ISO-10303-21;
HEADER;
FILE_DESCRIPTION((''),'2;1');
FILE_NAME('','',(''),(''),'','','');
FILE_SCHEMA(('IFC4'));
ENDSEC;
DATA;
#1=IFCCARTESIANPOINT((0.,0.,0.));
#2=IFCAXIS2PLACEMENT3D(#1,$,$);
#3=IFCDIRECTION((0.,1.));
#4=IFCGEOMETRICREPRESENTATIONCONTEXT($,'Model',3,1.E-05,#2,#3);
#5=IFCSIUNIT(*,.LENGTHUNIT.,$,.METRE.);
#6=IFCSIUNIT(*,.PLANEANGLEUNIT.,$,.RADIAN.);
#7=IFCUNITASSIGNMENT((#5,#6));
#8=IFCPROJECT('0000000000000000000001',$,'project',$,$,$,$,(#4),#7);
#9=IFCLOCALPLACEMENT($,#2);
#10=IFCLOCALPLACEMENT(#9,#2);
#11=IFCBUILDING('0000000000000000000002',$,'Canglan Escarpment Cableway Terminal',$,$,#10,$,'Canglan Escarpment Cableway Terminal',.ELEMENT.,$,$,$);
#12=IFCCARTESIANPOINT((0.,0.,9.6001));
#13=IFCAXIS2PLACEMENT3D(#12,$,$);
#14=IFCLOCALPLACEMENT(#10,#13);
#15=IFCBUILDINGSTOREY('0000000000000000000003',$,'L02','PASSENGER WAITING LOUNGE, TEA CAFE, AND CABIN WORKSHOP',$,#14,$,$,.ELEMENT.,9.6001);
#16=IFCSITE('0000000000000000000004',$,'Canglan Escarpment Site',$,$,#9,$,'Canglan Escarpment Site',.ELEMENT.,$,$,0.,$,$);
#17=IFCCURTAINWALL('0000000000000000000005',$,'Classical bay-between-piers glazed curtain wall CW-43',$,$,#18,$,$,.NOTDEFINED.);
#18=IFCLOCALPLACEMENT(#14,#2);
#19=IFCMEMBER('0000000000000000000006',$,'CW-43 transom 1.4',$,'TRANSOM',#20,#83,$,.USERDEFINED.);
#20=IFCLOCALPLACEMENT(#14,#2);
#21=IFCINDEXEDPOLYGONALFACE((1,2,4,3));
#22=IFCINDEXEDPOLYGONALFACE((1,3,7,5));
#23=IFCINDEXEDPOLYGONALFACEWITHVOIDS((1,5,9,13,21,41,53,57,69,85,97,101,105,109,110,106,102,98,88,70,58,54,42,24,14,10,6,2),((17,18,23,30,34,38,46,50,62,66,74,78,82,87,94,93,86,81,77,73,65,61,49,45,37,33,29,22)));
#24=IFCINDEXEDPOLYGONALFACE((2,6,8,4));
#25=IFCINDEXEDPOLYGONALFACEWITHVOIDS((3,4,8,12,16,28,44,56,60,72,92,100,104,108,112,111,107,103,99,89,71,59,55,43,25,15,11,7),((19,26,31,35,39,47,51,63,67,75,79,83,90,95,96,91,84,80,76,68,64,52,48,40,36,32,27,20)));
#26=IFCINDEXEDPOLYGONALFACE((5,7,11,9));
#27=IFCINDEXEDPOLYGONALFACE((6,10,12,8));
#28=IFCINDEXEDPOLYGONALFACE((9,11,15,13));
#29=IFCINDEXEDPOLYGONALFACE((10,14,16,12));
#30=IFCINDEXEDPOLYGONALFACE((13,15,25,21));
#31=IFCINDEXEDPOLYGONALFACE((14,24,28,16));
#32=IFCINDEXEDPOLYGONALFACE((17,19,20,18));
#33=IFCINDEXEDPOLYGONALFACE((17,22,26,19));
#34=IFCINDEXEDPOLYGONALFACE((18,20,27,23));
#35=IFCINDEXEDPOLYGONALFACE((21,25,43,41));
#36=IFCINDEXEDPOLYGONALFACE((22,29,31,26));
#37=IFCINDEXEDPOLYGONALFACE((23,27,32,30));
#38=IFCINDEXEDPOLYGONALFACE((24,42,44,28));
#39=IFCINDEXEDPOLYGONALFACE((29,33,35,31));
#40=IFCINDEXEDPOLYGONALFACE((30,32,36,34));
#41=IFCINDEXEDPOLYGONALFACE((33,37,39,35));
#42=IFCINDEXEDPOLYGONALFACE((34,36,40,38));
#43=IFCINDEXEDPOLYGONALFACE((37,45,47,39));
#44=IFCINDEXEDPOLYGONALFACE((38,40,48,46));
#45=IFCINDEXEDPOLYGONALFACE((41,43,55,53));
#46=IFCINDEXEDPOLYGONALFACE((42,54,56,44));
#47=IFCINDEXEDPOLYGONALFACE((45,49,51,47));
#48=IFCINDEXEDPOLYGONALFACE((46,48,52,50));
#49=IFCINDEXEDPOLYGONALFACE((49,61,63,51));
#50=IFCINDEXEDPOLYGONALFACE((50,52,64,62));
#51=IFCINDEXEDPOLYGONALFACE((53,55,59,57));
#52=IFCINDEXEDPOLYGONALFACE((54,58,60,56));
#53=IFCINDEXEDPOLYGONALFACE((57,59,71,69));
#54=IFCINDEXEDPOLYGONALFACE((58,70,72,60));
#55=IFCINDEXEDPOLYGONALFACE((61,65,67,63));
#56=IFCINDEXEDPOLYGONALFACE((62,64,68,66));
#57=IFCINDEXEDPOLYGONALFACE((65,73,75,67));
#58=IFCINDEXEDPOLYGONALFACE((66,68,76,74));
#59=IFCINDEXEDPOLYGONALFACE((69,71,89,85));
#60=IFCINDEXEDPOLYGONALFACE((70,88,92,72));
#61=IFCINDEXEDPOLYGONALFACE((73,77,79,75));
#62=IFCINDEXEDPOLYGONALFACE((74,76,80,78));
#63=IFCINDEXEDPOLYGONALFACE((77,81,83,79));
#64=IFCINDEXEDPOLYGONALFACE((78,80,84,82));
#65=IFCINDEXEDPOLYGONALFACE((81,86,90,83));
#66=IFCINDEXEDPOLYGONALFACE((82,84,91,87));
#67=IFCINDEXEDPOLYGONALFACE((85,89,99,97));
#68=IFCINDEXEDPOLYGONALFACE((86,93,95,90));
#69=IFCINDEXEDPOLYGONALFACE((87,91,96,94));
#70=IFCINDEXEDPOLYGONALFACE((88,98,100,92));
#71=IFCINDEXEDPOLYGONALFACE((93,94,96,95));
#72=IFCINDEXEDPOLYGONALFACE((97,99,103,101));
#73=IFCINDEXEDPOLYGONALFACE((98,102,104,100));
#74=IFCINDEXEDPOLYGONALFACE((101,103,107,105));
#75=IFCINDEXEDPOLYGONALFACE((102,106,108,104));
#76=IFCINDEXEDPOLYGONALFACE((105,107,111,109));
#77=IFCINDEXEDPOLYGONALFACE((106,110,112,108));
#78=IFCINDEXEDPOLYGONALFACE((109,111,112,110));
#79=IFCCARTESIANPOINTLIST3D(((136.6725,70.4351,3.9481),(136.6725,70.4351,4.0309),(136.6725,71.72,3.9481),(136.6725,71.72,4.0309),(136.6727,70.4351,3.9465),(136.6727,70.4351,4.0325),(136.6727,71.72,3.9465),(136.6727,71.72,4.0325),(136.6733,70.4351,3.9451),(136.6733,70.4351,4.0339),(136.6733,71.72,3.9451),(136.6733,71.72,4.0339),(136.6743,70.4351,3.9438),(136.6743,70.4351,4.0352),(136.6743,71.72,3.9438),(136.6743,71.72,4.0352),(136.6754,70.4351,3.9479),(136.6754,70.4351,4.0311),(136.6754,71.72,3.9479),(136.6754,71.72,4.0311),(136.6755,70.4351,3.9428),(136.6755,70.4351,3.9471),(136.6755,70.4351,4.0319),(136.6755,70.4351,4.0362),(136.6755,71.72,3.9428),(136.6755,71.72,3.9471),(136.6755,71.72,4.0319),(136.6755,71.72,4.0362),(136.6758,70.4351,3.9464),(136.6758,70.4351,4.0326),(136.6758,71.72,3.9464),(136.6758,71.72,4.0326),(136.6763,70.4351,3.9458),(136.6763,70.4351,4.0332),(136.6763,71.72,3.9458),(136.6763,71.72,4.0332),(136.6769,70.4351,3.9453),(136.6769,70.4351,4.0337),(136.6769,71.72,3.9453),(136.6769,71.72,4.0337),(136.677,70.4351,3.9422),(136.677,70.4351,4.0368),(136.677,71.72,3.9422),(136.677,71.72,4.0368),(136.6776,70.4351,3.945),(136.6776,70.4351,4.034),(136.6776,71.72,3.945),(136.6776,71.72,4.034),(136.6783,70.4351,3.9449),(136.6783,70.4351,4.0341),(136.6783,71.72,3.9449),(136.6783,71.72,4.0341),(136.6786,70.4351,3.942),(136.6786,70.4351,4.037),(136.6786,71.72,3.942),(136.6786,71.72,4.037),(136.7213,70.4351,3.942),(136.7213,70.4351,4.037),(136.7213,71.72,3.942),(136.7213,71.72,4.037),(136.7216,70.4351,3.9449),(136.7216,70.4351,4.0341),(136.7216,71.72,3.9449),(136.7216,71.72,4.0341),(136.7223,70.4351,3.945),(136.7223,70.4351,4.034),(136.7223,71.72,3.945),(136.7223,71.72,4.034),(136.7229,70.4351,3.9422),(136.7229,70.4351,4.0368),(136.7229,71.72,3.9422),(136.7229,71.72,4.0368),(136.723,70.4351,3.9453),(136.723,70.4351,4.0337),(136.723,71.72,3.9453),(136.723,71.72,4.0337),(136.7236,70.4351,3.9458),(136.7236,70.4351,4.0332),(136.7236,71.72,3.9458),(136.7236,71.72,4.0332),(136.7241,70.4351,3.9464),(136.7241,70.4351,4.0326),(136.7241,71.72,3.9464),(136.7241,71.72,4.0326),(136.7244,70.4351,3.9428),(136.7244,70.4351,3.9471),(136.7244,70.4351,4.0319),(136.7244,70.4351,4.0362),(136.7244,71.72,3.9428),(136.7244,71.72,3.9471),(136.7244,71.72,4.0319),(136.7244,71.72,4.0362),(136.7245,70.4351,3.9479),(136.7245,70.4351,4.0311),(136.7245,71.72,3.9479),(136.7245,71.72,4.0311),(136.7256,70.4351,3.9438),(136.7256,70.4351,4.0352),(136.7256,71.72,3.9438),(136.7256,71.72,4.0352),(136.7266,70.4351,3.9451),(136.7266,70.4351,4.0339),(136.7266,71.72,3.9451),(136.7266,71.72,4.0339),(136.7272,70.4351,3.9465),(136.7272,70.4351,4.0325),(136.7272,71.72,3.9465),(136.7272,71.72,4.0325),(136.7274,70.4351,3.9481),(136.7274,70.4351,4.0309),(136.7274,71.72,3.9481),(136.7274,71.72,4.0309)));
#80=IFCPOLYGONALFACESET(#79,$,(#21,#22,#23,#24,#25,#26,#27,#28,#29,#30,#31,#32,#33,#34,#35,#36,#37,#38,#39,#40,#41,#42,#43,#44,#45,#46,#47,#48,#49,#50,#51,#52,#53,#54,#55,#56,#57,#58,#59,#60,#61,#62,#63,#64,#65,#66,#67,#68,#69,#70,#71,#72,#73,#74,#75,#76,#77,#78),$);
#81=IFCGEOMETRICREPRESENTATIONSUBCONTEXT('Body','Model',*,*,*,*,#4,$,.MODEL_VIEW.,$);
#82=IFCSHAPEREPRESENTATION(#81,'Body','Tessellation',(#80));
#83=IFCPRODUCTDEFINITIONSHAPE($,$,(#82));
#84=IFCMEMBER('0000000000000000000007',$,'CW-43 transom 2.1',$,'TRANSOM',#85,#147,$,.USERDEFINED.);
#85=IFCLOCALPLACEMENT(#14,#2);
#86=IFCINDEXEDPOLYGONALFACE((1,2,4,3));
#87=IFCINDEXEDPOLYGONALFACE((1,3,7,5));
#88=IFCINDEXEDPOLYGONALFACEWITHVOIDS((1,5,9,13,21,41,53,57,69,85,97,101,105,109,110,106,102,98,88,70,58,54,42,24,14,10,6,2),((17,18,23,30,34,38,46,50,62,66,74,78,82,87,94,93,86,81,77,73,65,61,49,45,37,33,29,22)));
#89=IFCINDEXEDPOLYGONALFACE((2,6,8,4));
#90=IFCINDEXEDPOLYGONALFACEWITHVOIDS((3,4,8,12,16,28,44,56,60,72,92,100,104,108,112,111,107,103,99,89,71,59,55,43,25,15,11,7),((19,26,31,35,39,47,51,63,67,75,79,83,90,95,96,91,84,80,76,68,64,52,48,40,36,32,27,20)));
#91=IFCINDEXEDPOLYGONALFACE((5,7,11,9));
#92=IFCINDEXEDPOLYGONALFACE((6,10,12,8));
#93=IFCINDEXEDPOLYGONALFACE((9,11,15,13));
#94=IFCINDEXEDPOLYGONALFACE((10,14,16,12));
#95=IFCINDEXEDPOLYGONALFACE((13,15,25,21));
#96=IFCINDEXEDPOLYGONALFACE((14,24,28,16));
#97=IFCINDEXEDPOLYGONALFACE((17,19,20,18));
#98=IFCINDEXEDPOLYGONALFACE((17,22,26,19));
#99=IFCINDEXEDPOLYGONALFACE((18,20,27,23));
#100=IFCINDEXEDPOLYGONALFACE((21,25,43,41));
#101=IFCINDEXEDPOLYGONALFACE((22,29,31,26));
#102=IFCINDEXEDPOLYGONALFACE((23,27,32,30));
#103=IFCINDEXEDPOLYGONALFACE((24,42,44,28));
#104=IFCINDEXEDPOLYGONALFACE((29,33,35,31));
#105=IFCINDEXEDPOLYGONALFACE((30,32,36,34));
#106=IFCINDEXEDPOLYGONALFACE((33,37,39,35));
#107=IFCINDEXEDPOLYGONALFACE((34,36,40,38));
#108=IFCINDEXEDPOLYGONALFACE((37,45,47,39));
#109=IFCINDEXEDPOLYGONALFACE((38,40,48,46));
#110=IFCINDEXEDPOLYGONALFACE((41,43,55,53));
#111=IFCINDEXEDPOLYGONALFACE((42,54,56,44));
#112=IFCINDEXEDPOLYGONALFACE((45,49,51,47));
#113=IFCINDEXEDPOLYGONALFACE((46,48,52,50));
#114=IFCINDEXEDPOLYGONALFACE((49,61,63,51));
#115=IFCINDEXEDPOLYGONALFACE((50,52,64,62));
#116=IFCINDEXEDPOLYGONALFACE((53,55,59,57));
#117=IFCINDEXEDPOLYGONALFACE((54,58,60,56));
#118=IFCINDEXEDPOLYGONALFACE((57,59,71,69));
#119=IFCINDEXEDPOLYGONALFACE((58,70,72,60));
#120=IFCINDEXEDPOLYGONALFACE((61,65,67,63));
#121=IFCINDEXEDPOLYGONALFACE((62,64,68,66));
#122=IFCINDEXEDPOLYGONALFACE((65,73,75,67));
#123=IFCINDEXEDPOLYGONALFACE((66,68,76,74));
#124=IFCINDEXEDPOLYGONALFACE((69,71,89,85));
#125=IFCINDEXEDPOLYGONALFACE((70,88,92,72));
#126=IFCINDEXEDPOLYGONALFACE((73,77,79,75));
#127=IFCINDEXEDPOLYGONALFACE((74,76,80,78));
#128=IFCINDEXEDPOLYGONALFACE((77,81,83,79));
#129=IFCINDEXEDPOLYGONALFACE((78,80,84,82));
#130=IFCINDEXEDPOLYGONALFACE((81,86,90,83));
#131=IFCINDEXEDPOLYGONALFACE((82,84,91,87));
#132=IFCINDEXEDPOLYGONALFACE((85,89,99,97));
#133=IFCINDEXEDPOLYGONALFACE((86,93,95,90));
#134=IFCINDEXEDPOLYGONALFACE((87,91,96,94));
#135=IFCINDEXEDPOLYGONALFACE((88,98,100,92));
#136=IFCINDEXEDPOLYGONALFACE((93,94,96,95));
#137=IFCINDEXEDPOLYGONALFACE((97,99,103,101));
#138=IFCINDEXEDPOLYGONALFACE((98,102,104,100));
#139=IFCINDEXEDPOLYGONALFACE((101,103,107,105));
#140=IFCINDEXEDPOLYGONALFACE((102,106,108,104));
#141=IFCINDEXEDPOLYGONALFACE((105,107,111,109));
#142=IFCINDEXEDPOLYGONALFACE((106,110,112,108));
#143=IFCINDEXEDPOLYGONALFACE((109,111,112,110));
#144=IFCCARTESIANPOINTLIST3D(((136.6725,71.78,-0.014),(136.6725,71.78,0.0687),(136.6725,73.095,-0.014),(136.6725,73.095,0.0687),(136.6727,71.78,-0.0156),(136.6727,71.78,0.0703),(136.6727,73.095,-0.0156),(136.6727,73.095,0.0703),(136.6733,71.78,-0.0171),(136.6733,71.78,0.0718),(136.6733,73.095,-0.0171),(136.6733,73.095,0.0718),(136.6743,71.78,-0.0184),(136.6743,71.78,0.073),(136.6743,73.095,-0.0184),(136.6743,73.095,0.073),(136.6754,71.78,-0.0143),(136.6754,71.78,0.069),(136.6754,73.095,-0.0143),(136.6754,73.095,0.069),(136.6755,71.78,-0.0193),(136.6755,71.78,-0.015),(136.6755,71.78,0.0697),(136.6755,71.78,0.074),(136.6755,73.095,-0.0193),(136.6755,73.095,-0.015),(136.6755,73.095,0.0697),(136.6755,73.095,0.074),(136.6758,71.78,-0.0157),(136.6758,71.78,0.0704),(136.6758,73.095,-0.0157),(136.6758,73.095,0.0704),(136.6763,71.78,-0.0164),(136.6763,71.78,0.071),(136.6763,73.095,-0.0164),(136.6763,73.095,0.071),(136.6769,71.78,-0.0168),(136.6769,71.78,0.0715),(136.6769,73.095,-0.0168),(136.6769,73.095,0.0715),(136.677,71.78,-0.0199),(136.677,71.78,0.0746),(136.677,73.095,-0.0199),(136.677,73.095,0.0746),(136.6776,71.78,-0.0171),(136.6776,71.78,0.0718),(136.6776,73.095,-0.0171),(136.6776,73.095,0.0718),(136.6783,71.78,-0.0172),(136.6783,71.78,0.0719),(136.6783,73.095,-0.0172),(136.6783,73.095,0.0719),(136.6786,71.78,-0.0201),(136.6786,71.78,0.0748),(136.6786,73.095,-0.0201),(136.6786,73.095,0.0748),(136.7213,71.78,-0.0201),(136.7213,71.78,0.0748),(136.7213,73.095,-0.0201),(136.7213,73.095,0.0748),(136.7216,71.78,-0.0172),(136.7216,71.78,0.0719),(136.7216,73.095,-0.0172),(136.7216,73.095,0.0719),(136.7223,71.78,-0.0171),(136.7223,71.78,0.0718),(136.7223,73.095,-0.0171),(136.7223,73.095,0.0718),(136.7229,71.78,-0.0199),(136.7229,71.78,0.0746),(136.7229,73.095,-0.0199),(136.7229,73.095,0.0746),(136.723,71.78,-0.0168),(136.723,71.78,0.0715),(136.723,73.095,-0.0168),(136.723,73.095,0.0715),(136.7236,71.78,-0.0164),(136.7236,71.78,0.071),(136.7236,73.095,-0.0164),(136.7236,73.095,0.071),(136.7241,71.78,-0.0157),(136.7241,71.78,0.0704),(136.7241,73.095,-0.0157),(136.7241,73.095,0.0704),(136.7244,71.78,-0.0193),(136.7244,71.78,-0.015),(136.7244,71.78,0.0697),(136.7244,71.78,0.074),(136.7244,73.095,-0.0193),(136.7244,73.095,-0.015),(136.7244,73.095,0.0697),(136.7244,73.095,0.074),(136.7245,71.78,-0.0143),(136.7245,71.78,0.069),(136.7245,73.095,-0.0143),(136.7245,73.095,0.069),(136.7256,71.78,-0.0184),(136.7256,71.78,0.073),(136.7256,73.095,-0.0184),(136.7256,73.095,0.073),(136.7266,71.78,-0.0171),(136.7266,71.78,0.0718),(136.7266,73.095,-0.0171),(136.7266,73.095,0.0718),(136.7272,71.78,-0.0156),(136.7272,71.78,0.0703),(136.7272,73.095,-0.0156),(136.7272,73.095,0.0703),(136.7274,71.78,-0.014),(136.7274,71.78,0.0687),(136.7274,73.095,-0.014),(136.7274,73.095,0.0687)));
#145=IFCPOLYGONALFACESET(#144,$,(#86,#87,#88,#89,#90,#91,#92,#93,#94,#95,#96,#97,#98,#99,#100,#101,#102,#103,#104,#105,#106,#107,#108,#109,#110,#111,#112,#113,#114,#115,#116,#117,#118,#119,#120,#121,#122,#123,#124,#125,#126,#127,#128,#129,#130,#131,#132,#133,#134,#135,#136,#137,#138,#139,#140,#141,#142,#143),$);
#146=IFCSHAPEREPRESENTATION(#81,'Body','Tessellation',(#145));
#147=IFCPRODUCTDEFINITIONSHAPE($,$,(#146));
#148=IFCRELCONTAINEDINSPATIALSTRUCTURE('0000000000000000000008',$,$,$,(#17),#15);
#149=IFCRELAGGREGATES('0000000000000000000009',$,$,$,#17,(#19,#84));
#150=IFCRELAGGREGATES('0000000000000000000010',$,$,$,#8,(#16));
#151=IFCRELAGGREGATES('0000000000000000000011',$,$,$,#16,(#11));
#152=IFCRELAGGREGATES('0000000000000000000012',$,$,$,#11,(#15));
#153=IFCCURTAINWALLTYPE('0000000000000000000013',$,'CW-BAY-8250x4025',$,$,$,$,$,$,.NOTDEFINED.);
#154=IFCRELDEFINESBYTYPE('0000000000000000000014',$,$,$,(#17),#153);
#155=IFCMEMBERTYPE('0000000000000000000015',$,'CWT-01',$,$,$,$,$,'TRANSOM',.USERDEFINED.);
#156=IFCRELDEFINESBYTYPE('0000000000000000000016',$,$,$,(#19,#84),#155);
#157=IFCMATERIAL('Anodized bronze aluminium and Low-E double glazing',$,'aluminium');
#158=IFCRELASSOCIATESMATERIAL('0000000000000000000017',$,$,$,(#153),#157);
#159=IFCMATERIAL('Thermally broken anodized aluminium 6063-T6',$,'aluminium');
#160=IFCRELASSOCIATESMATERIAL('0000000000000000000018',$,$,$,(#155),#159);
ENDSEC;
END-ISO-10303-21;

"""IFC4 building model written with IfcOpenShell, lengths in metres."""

from ifc_helpers import new_model, si_unit, direction, frame, origin, origin_2d, place, context, subcontext, project, spatial, hollow_rectangle, extrude, material, material_profile, profile_set, type_object, element, aggregate, save


model = new_model("IFC4")

# Units and contexts
model_context = context("Model", 3, precision=1e-05, world=origin(), true_north=direction((0.0, 1.0)))
body_context = subcontext(model_context, "Body", "Model", "MODEL_VIEW")
ifc_project = project(units=[si_unit("LENGTHUNIT", "METRE"), si_unit("PLANEANGLEUNIT", "RADIAN")], contexts=[model_context])

# Site, building, storey
site_placement = place(None, origin())
site = spatial("IfcSite", under=ifc_project, at=site_placement, Name="Canglan Escarpment Site", LongName="Canglan Escarpment Site", CompositionType="ELEMENT", RefElevation=0.0)
building_placement = place(site_placement, origin())
building = spatial("IfcBuilding", under=site, at=building_placement, Name="Canglan Escarpment Cableway Terminal", LongName="Canglan Escarpment Cableway Terminal", CompositionType="ELEMENT")
storey_placement = place(building_placement, frame((0.0, 0.0, 9.6001)))
storey = spatial("IfcBuildingStorey", under=building, at=storey_placement, Name="L02", Description="PASSENGER WAITING LOUNGE, TEA CAFE, AND CABIN WORKSHOP", CompositionType="ELEMENT", Elevation=9.6001)

# Curtain wall
ifc_material_1 = material(Name="Anodized bronze aluminium and Low-E double glazing", Category="aluminium")
curtain_wall_type = type_object("IfcCurtainWallType", Name="CW-BAY-8250x4025", PredefinedType="NOTDEFINED", material=ifc_material_1)
curtain_wall_1_placement = place(storey_placement, origin())
curtain_wall_1 = element("IfcCurtainWall", 1, at=curtain_wall_1_placement, inside=storey, type_object=curtain_wall_type, Name="Classical bay-between-piers glazed curtain wall CW-43", PredefinedType="NOTDEFINED")
ifc_material_2 = material(Name="Thermally broken anodized aluminium 6063-T6", Category="aluminium")

# Members
ifc_material_profile_1 = material_profile(ifc_material_2, hollow_rectangle(XDim=0.0549, YDim=0.095, WallThickness=0.0029, InnerFilletRadius=0.0029, OuterFilletRadius=0.0061, at=origin_2d()), Name="ALU-TRAN 55x95x3")
ifc_profile_set_1 = profile_set([ifc_material_profile_1], Name="Thermally broken anodized aluminium 6063-T6")
member_type_1 = type_object("IfcMemberType", Name="CWT-01", ElementType="TRANSOM", PredefinedType="USERDEFINED", material=ifc_profile_set_1)
member_1_placement = place(storey_placement, frame((136.7, 70.4351, 3.9895), z_axis=(0.0, 1.0, 0.0), x_axis=(-1.0, 0.0, 0.0)))
member_1 = element("IfcMember", 2, at=member_1_placement, type_object=member_type_1, Name="CW-43 transom 1.4", ObjectType="TRANSOM", PredefinedType="USERDEFINED", context=body_context, shape_type="SweptSolid", body=[
    extrude(hollow_rectangle(XDim=0.0549, YDim=0.095, WallThickness=0.0029, InnerFilletRadius=0.0029, OuterFilletRadius=0.0061, at=origin_2d()), origin(), (0.0, 0.0, 1.0), 1.2849),
])
member_2_placement = place(storey_placement, frame((136.7, 71.78, 0.0273), z_axis=(0.0, 1.0, 0.0), x_axis=(-1.0, 0.0, 0.0)))
member_2 = element("IfcMember", 3, at=member_2_placement, type_object=member_type_1, Name="CW-43 transom 2.1", ObjectType="TRANSOM", PredefinedType="USERDEFINED", context=body_context, shape_type="SweptSolid", body=[
    extrude(hollow_rectangle(XDim=0.0549, YDim=0.095, WallThickness=0.0029, InnerFilletRadius=0.0029, OuterFilletRadius=0.0061, at=origin_2d()), origin(), (0.0, 0.0, 1.0), 1.3149),
])

aggregate(curtain_wall_1, [member_1, member_2])

save(model, "model.ifc")
